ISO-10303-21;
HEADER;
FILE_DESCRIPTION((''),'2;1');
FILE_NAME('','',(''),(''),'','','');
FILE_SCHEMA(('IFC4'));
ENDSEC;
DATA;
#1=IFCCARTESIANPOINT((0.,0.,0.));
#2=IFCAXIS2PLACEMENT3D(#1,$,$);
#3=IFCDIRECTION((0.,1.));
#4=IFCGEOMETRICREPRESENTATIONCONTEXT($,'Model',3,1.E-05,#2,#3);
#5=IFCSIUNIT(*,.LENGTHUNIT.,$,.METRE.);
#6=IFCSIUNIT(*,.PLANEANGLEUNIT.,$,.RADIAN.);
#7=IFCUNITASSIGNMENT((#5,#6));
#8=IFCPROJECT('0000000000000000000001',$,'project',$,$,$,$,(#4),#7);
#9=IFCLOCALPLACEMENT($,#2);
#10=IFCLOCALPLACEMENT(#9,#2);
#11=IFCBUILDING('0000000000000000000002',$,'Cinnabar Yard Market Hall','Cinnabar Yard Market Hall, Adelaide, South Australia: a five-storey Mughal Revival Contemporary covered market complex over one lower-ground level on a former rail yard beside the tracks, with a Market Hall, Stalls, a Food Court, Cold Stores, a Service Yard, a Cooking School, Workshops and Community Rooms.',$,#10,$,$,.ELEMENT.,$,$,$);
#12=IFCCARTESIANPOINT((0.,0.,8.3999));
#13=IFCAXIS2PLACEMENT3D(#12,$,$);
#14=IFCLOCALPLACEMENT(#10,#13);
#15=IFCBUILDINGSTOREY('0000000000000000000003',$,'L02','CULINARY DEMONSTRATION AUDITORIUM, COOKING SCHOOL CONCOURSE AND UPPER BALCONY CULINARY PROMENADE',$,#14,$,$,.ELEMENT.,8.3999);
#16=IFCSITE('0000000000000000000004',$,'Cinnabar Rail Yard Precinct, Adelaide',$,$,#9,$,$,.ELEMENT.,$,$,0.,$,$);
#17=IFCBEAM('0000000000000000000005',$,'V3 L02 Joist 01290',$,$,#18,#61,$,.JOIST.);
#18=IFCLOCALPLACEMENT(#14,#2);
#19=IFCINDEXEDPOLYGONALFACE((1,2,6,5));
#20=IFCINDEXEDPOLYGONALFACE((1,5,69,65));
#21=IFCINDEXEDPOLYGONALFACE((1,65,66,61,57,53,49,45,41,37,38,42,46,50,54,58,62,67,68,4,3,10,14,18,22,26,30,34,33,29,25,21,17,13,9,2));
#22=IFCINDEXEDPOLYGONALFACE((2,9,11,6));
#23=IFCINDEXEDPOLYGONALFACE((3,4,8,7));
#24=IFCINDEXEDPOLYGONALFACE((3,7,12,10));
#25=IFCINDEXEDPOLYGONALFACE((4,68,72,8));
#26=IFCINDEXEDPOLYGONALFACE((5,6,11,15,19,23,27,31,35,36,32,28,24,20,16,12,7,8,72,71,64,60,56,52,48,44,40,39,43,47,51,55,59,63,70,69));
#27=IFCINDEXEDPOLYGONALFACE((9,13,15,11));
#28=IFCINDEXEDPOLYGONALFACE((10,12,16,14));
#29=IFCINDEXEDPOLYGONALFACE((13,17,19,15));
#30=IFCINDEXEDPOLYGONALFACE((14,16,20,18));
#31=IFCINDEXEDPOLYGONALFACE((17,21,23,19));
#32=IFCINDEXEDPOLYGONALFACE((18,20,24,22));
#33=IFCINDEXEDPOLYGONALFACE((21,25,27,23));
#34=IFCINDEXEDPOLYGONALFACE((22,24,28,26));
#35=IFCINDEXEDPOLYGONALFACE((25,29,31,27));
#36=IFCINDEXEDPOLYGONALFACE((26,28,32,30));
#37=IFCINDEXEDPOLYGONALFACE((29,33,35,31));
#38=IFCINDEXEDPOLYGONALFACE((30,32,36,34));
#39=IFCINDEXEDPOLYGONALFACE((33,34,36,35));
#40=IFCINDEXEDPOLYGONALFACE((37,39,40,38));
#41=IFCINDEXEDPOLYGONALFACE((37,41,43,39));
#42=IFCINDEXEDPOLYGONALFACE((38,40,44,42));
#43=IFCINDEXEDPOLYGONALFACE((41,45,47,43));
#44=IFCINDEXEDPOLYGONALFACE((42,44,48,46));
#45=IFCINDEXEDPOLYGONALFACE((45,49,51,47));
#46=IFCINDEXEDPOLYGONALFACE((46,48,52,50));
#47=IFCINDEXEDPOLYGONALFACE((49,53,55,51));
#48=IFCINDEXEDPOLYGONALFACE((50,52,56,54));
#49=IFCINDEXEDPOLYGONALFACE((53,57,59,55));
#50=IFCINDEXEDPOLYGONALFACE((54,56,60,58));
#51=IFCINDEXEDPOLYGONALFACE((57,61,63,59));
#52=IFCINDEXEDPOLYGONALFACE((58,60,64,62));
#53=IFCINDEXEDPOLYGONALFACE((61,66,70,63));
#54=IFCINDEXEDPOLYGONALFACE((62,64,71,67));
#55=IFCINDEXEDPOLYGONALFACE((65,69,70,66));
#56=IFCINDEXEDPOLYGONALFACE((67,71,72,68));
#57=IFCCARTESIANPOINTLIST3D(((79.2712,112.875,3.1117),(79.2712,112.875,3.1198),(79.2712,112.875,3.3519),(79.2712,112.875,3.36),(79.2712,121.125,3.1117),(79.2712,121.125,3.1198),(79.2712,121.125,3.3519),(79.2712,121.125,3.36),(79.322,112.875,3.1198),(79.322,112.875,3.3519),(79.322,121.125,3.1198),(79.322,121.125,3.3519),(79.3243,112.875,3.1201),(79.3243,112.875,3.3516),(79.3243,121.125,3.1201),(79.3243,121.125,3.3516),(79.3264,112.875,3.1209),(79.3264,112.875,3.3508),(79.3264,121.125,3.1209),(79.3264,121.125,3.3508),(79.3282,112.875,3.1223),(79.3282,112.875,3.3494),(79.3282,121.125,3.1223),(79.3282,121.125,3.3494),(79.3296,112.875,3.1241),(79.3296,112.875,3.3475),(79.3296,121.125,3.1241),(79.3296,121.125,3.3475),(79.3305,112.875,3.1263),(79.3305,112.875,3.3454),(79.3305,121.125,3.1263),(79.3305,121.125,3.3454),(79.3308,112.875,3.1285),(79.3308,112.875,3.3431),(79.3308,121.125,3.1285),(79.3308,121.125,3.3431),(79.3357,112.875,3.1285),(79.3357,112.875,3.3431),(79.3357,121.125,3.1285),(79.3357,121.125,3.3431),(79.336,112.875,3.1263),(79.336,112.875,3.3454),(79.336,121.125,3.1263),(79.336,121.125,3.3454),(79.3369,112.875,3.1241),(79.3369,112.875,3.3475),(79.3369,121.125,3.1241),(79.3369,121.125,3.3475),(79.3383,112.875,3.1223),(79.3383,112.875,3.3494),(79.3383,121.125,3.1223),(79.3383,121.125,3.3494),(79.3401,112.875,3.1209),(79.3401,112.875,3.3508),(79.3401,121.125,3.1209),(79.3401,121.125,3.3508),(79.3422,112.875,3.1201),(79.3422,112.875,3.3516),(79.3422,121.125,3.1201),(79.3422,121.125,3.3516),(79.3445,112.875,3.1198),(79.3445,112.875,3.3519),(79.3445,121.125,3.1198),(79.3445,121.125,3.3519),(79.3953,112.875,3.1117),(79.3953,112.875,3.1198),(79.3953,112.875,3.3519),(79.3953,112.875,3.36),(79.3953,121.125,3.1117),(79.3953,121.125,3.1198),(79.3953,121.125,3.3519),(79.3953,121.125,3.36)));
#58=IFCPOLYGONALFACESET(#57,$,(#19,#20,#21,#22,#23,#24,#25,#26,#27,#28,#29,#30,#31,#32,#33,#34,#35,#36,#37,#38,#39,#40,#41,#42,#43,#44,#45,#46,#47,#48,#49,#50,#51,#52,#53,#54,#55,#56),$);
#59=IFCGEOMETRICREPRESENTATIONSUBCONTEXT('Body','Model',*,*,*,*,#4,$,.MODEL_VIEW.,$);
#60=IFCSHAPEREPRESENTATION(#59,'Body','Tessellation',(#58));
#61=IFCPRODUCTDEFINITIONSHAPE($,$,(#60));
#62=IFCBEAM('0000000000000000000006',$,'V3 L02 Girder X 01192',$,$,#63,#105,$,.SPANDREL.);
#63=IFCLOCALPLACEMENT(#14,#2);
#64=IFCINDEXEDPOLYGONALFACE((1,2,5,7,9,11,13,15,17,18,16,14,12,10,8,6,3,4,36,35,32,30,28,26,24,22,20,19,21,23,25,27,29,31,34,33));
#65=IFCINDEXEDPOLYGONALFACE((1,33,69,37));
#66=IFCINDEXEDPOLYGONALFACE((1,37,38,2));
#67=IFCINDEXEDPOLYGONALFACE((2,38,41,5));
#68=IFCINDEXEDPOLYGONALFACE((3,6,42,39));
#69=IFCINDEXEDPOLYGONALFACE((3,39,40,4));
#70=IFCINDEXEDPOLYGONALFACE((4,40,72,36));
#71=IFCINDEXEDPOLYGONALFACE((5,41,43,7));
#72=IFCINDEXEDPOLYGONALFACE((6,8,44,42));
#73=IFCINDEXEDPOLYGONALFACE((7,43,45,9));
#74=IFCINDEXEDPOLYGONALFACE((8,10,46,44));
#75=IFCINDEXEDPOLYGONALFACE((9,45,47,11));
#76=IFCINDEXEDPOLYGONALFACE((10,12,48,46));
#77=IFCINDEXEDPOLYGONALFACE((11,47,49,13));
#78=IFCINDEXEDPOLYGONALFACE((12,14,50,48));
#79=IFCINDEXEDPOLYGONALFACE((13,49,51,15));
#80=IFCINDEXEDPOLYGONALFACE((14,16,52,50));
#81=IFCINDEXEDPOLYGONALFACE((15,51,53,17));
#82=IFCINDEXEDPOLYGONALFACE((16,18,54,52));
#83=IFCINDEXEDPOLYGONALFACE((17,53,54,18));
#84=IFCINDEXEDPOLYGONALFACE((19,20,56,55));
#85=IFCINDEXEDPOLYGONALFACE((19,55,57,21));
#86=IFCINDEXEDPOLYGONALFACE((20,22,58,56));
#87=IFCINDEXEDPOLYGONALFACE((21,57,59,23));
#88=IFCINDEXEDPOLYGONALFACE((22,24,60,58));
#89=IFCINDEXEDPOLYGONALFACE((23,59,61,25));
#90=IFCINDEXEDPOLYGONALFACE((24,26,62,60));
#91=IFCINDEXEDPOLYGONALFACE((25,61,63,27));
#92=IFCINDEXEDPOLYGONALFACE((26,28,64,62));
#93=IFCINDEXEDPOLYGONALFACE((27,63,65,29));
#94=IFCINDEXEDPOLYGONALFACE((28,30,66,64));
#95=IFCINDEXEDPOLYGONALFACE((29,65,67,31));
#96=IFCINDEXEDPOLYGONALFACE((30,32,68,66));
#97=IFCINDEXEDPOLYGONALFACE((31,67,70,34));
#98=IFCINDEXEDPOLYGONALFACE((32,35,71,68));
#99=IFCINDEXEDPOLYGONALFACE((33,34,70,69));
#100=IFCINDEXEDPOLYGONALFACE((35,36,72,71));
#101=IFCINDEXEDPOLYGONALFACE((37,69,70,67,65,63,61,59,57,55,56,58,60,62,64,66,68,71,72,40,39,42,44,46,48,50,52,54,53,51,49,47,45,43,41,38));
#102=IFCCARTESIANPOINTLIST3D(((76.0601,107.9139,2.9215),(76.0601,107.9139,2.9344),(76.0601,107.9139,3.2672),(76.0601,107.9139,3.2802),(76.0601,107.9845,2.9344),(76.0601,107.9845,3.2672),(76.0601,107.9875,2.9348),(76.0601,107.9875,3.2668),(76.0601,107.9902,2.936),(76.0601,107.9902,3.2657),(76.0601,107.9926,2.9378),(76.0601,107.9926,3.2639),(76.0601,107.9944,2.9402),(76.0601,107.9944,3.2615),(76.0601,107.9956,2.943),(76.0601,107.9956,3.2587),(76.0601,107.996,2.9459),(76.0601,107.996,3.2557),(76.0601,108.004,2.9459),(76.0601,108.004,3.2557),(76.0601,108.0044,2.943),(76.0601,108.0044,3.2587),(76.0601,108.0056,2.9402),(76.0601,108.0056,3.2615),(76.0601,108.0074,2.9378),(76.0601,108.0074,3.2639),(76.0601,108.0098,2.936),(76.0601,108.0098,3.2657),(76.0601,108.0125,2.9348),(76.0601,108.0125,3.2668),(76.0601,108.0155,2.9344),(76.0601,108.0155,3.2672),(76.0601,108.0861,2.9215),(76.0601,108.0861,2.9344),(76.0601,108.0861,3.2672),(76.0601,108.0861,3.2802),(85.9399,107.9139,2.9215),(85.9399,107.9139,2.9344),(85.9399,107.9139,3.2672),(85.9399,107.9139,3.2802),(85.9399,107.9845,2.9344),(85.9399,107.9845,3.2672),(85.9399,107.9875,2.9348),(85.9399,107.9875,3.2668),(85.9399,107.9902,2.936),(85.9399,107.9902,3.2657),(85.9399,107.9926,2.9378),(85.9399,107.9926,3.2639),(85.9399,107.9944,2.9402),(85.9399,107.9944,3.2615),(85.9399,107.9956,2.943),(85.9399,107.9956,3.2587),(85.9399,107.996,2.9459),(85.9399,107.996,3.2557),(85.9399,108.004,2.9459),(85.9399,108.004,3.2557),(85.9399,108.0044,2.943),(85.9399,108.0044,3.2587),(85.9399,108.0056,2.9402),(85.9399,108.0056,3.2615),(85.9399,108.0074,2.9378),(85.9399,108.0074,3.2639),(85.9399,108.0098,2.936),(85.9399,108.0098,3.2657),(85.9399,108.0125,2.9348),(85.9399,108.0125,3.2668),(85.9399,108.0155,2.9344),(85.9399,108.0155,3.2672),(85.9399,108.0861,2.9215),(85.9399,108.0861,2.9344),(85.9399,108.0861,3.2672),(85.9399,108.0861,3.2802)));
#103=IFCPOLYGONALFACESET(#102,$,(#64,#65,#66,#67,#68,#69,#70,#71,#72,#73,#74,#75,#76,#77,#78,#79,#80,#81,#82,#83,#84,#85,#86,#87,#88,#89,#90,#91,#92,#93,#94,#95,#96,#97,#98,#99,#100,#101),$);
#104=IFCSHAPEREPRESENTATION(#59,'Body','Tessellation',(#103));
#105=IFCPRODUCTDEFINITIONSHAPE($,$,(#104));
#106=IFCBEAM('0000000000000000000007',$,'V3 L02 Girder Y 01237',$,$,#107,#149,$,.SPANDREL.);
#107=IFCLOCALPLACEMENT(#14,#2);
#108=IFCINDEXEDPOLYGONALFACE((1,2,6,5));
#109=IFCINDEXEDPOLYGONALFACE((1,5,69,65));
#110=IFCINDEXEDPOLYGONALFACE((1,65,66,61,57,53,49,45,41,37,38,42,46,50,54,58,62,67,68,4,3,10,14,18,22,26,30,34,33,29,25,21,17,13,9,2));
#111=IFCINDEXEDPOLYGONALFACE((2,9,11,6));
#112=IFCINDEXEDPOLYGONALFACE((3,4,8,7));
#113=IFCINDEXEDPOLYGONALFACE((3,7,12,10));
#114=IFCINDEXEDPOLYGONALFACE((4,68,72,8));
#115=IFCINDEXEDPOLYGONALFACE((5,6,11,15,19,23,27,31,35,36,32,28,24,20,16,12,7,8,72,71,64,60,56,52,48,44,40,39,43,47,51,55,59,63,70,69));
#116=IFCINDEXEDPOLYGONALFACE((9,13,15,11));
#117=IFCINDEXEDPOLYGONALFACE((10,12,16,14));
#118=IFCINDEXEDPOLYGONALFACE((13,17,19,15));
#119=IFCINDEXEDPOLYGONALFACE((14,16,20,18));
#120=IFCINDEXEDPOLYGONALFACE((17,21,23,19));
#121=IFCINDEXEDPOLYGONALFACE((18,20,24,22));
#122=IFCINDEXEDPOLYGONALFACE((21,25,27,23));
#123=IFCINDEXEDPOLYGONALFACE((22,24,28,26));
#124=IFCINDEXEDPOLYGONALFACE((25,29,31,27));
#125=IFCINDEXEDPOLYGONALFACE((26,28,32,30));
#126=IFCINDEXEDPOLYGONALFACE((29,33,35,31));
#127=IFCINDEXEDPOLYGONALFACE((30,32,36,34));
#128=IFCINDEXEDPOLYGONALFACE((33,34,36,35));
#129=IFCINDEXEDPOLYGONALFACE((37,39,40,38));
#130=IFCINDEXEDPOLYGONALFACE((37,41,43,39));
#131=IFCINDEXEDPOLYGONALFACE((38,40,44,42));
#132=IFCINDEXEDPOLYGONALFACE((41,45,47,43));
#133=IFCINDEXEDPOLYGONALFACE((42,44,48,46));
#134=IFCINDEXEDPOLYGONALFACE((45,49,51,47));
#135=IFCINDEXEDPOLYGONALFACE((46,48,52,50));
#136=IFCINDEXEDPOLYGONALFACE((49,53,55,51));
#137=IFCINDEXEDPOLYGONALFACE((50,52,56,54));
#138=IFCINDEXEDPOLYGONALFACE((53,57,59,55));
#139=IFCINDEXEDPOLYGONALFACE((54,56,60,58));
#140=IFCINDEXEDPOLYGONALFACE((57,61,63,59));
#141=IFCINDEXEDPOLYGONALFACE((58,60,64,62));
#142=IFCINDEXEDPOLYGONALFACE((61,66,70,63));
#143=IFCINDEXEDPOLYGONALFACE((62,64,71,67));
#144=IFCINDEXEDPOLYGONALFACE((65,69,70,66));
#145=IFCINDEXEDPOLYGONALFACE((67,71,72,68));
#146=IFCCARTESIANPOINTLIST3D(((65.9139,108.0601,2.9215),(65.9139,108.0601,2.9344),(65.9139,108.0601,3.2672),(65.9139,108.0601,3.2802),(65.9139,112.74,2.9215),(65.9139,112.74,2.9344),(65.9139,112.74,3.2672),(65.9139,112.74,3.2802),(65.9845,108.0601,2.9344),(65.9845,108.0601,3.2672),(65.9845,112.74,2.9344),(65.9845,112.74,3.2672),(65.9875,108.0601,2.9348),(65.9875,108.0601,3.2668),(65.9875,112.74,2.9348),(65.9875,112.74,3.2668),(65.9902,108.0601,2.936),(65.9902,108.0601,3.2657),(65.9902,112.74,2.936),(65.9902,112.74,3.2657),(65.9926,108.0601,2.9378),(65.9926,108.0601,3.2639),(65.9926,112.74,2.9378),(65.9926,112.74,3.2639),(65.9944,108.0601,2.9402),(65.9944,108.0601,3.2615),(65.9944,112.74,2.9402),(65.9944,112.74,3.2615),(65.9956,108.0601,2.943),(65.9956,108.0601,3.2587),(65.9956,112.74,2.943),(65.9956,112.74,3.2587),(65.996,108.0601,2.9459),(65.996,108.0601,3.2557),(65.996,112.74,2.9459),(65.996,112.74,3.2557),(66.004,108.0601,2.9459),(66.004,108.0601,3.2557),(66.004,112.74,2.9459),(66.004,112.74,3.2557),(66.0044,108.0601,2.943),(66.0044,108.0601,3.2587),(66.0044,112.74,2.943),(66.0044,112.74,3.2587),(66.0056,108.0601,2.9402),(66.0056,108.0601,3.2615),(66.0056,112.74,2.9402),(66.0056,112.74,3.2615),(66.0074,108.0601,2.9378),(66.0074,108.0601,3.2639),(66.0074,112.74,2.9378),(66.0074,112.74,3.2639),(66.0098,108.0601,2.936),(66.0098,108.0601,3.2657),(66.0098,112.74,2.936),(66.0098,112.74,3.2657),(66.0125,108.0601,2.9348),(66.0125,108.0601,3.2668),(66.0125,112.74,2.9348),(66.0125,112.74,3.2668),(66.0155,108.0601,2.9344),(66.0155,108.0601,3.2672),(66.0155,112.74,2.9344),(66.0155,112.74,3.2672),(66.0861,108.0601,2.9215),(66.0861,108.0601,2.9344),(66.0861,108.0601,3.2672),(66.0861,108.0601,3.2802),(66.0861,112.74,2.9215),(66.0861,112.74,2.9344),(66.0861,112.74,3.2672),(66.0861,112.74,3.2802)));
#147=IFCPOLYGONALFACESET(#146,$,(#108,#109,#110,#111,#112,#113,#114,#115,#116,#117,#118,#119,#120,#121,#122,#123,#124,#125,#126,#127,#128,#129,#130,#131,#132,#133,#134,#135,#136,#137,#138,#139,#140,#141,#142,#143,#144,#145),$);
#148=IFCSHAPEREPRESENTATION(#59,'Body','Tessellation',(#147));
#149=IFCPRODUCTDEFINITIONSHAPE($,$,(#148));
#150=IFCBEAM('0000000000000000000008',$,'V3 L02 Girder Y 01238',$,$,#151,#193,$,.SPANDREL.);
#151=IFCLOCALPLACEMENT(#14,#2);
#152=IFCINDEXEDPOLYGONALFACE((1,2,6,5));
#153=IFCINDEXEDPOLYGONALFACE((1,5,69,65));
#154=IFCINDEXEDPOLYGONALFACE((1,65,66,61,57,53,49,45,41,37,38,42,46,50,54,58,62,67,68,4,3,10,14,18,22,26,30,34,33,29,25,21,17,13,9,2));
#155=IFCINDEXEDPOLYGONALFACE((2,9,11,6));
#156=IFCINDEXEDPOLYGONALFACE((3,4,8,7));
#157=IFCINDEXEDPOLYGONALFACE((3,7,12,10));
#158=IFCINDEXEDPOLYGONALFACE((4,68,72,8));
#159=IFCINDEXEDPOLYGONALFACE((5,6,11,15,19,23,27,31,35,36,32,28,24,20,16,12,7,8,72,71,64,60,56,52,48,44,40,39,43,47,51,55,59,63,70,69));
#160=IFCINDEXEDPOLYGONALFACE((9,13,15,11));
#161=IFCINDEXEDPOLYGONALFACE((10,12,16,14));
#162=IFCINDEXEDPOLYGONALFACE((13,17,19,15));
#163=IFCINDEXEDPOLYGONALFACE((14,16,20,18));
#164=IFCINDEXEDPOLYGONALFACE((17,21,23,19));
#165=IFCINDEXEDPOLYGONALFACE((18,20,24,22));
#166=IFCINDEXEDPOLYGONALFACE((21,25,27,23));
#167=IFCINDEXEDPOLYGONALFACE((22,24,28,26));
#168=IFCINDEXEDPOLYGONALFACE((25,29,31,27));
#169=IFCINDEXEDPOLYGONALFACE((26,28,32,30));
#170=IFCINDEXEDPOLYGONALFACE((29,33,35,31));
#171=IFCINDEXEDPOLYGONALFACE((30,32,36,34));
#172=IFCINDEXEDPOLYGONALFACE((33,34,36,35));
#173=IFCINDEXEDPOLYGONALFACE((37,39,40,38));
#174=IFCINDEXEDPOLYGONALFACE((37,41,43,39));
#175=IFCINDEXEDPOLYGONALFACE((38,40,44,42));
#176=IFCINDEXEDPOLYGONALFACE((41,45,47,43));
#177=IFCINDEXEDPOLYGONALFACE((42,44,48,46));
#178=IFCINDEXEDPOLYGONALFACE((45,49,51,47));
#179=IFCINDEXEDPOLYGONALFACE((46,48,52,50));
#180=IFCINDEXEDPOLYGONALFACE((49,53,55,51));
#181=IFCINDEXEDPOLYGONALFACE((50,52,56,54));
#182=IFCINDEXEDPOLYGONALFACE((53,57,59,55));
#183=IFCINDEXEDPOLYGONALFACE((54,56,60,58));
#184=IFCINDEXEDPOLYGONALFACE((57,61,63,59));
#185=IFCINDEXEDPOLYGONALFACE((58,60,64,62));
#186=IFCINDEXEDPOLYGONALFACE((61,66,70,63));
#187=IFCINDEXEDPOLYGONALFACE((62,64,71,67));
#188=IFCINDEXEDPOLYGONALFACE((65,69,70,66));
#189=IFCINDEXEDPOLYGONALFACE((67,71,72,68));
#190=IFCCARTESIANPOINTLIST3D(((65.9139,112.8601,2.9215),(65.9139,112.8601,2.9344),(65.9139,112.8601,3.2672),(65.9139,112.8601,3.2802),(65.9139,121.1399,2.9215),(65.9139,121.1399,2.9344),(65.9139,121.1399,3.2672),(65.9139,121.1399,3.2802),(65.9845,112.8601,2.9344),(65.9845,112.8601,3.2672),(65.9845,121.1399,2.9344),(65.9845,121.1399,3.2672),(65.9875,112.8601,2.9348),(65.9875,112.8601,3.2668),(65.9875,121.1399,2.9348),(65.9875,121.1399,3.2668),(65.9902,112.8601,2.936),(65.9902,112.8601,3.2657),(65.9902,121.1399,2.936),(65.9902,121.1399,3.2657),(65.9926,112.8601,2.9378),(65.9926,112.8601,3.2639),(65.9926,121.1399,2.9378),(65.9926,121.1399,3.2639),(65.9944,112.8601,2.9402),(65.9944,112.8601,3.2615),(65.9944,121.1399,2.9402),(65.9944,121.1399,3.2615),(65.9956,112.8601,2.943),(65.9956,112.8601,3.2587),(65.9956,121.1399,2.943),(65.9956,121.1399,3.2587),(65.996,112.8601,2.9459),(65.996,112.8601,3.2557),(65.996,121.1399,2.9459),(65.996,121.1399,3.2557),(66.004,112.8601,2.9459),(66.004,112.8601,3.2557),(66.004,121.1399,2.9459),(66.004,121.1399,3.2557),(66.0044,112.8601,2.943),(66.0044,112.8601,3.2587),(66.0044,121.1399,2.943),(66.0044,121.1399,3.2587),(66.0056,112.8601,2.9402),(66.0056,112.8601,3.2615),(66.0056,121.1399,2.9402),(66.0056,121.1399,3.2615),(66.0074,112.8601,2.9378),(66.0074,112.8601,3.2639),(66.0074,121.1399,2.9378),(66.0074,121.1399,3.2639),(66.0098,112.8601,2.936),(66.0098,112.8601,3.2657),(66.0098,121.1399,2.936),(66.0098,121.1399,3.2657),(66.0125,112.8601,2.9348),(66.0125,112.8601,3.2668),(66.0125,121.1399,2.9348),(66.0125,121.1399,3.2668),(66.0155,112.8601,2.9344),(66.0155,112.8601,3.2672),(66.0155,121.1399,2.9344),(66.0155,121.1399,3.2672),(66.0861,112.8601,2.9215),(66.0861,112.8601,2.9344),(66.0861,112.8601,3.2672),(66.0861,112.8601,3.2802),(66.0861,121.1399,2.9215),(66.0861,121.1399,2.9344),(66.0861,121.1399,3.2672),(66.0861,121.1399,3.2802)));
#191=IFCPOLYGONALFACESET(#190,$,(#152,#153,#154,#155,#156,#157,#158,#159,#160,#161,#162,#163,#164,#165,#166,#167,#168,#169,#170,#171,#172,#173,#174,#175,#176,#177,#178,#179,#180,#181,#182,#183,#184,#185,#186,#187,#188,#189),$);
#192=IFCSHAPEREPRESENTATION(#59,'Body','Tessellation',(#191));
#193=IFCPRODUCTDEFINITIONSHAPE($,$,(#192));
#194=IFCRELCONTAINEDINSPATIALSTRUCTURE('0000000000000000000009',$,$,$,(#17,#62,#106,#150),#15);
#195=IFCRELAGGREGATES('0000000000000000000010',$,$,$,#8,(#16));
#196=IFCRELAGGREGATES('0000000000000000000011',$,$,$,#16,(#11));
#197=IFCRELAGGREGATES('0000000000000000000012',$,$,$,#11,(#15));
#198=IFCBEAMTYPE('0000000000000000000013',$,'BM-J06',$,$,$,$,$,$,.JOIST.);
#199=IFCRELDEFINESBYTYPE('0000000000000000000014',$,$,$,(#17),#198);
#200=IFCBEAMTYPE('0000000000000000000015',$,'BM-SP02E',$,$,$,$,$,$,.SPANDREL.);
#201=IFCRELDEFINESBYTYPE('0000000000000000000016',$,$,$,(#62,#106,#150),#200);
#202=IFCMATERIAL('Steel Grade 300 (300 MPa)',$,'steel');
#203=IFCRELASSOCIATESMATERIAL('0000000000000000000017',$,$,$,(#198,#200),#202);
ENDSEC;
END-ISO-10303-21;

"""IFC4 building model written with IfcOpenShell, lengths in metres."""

from ifc_helpers import new_model, si_unit, direction, frame, origin, origin_2d_with_axis, place, context, subcontext, project, spatial, i_section, extrude, material, material_profile, profile_set, type_object, element, save


model = new_model("IFC4")

# Units and contexts
model_context = context("Model", 3, precision=1e-05, world=origin(), true_north=direction((0.0, 1.0)))
body_context = subcontext(model_context, "Body", "Model", "MODEL_VIEW")
ifc_project = project(units=[si_unit("LENGTHUNIT", "METRE"), si_unit("PLANEANGLEUNIT", "RADIAN")], contexts=[model_context])

# Site, building, storey
site_placement = place(None, origin())
site = spatial("IfcSite", under=ifc_project, at=site_placement, Name="Cinnabar Rail Yard Precinct, Adelaide", CompositionType="ELEMENT", RefElevation=0.0)
building_placement = place(site_placement, origin())
building = spatial("IfcBuilding", under=site, at=building_placement, Name="Cinnabar Yard Market Hall", Description="Cinnabar Yard Market Hall, Adelaide, South Australia: a five-storey Mughal Revival Contemporary covered market complex over one lower-ground level on a former rail yard beside the tracks, with a Market Hall, Stalls, a Food Court, Cold Stores, a Service Yard, a Cooking School, Workshops and Community Rooms.", CompositionType="ELEMENT")
storey_placement = place(building_placement, frame((0.0, 0.0, 8.3999)))
storey = spatial("IfcBuildingStorey", under=building, at=storey_placement, Name="L02", Description="CULINARY DEMONSTRATION AUDITORIUM, COOKING SCHOOL CONCOURSE AND UPPER BALCONY CULINARY PROMENADE", CompositionType="ELEMENT", Elevation=8.3999)

# Shared definitions
ifc_material_1 = material(Name="Steel Grade 300 (300 MPa)", Category="steel")

# Beams
ifc_material_profile_1 = material_profile(ifc_material_1, i_section(OverallWidth=0.124, OverallDepth=0.2483, WebThickness=0.0049, FlangeThickness=0.0081, FilletRadius=0.0088, at=origin_2d_with_axis()), Name="250UB25.7")
ifc_profile_set_1 = profile_set([ifc_material_profile_1], Name="Steel Grade 300 (300 MPa)")
beam_type_1 = type_object("IfcBeamType", Name="BM-J06", PredefinedType="JOIST", material=ifc_profile_set_1)
beam_1_placement = place(storey_placement, frame((79.3333, 112.875, 3.2358), z_axis=(0.0, 1.0, 0.0), x_axis=(-1.0, 0.0, 0.0)))
element("IfcBeam", 1, at=beam_1_placement, inside=storey, type_object=beam_type_1, Name="V3 L02 Joist 01290", PredefinedType="JOIST", context=body_context, shape_type="SweptSolid", body=[
    extrude(i_section(OverallWidth=0.124, OverallDepth=0.2483, WebThickness=0.0049, FlangeThickness=0.0081, FilletRadius=0.0088, at=origin_2d_with_axis()), origin(), (0.0, 0.0, 1.0), 8.25),
])
ifc_material_profile_2 = material_profile(ifc_material_1, i_section(OverallWidth=0.1721, OverallDepth=0.3586, WebThickness=0.0081, FlangeThickness=0.0129, FilletRadius=0.0115, at=origin_2d_with_axis()), Name="360UB56.7")
ifc_profile_set_2 = profile_set([ifc_material_profile_2], Name="Steel Grade 300 (300 MPa)")
beam_type_2 = type_object("IfcBeamType", Name="BM-SP02E", PredefinedType="SPANDREL", material=ifc_profile_set_2)
beam_2_placement = place(storey_placement, frame((76.0601, 108.0, 3.1008), z_axis=(1.0, 0.0, 0.0), x_axis=(0.0, 1.0, 0.0)))
element("IfcBeam", 2, at=beam_2_placement, inside=storey, type_object=beam_type_2, Name="V3 L02 Girder X 01192", PredefinedType="SPANDREL", context=body_context, shape_type="SweptSolid", body=[
    extrude(i_section(OverallWidth=0.1721, OverallDepth=0.3586, WebThickness=0.0081, FlangeThickness=0.0129, FilletRadius=0.0115, at=origin_2d_with_axis()), origin(), (0.0, 0.0, 1.0), 9.8799),
])
beam_3_placement = place(storey_placement, frame((66.0, 108.0601, 3.1008), z_axis=(0.0, 1.0, 0.0), x_axis=(-1.0, 0.0, 0.0)))
element("IfcBeam", 3, at=beam_3_placement, inside=storey, type_object=beam_type_2, Name="V3 L02 Girder Y 01237", PredefinedType="SPANDREL", context=body_context, shape_type="SweptSolid", body=[
    extrude(i_section(OverallWidth=0.1721, OverallDepth=0.3586, WebThickness=0.0081, FlangeThickness=0.0129, FilletRadius=0.0115, at=origin_2d_with_axis()), origin(), (0.0, 0.0, 1.0), 4.6799),
])
beam_4_placement = place(storey_placement, frame((66.0, 112.8601, 3.1008), z_axis=(0.0, 1.0, 0.0), x_axis=(-1.0, 0.0, 0.0)))
element("IfcBeam", 4, at=beam_4_placement, inside=storey, type_object=beam_type_2, Name="V3 L02 Girder Y 01238", PredefinedType="SPANDREL", context=body_context, shape_type="SweptSolid", body=[
    extrude(i_section(OverallWidth=0.1721, OverallDepth=0.3586, WebThickness=0.0081, FlangeThickness=0.0129, FilletRadius=0.0115, at=origin_2d_with_axis()), origin(), (0.0, 0.0, 1.0), 8.2798),
])

save(model, "model.ifc")
